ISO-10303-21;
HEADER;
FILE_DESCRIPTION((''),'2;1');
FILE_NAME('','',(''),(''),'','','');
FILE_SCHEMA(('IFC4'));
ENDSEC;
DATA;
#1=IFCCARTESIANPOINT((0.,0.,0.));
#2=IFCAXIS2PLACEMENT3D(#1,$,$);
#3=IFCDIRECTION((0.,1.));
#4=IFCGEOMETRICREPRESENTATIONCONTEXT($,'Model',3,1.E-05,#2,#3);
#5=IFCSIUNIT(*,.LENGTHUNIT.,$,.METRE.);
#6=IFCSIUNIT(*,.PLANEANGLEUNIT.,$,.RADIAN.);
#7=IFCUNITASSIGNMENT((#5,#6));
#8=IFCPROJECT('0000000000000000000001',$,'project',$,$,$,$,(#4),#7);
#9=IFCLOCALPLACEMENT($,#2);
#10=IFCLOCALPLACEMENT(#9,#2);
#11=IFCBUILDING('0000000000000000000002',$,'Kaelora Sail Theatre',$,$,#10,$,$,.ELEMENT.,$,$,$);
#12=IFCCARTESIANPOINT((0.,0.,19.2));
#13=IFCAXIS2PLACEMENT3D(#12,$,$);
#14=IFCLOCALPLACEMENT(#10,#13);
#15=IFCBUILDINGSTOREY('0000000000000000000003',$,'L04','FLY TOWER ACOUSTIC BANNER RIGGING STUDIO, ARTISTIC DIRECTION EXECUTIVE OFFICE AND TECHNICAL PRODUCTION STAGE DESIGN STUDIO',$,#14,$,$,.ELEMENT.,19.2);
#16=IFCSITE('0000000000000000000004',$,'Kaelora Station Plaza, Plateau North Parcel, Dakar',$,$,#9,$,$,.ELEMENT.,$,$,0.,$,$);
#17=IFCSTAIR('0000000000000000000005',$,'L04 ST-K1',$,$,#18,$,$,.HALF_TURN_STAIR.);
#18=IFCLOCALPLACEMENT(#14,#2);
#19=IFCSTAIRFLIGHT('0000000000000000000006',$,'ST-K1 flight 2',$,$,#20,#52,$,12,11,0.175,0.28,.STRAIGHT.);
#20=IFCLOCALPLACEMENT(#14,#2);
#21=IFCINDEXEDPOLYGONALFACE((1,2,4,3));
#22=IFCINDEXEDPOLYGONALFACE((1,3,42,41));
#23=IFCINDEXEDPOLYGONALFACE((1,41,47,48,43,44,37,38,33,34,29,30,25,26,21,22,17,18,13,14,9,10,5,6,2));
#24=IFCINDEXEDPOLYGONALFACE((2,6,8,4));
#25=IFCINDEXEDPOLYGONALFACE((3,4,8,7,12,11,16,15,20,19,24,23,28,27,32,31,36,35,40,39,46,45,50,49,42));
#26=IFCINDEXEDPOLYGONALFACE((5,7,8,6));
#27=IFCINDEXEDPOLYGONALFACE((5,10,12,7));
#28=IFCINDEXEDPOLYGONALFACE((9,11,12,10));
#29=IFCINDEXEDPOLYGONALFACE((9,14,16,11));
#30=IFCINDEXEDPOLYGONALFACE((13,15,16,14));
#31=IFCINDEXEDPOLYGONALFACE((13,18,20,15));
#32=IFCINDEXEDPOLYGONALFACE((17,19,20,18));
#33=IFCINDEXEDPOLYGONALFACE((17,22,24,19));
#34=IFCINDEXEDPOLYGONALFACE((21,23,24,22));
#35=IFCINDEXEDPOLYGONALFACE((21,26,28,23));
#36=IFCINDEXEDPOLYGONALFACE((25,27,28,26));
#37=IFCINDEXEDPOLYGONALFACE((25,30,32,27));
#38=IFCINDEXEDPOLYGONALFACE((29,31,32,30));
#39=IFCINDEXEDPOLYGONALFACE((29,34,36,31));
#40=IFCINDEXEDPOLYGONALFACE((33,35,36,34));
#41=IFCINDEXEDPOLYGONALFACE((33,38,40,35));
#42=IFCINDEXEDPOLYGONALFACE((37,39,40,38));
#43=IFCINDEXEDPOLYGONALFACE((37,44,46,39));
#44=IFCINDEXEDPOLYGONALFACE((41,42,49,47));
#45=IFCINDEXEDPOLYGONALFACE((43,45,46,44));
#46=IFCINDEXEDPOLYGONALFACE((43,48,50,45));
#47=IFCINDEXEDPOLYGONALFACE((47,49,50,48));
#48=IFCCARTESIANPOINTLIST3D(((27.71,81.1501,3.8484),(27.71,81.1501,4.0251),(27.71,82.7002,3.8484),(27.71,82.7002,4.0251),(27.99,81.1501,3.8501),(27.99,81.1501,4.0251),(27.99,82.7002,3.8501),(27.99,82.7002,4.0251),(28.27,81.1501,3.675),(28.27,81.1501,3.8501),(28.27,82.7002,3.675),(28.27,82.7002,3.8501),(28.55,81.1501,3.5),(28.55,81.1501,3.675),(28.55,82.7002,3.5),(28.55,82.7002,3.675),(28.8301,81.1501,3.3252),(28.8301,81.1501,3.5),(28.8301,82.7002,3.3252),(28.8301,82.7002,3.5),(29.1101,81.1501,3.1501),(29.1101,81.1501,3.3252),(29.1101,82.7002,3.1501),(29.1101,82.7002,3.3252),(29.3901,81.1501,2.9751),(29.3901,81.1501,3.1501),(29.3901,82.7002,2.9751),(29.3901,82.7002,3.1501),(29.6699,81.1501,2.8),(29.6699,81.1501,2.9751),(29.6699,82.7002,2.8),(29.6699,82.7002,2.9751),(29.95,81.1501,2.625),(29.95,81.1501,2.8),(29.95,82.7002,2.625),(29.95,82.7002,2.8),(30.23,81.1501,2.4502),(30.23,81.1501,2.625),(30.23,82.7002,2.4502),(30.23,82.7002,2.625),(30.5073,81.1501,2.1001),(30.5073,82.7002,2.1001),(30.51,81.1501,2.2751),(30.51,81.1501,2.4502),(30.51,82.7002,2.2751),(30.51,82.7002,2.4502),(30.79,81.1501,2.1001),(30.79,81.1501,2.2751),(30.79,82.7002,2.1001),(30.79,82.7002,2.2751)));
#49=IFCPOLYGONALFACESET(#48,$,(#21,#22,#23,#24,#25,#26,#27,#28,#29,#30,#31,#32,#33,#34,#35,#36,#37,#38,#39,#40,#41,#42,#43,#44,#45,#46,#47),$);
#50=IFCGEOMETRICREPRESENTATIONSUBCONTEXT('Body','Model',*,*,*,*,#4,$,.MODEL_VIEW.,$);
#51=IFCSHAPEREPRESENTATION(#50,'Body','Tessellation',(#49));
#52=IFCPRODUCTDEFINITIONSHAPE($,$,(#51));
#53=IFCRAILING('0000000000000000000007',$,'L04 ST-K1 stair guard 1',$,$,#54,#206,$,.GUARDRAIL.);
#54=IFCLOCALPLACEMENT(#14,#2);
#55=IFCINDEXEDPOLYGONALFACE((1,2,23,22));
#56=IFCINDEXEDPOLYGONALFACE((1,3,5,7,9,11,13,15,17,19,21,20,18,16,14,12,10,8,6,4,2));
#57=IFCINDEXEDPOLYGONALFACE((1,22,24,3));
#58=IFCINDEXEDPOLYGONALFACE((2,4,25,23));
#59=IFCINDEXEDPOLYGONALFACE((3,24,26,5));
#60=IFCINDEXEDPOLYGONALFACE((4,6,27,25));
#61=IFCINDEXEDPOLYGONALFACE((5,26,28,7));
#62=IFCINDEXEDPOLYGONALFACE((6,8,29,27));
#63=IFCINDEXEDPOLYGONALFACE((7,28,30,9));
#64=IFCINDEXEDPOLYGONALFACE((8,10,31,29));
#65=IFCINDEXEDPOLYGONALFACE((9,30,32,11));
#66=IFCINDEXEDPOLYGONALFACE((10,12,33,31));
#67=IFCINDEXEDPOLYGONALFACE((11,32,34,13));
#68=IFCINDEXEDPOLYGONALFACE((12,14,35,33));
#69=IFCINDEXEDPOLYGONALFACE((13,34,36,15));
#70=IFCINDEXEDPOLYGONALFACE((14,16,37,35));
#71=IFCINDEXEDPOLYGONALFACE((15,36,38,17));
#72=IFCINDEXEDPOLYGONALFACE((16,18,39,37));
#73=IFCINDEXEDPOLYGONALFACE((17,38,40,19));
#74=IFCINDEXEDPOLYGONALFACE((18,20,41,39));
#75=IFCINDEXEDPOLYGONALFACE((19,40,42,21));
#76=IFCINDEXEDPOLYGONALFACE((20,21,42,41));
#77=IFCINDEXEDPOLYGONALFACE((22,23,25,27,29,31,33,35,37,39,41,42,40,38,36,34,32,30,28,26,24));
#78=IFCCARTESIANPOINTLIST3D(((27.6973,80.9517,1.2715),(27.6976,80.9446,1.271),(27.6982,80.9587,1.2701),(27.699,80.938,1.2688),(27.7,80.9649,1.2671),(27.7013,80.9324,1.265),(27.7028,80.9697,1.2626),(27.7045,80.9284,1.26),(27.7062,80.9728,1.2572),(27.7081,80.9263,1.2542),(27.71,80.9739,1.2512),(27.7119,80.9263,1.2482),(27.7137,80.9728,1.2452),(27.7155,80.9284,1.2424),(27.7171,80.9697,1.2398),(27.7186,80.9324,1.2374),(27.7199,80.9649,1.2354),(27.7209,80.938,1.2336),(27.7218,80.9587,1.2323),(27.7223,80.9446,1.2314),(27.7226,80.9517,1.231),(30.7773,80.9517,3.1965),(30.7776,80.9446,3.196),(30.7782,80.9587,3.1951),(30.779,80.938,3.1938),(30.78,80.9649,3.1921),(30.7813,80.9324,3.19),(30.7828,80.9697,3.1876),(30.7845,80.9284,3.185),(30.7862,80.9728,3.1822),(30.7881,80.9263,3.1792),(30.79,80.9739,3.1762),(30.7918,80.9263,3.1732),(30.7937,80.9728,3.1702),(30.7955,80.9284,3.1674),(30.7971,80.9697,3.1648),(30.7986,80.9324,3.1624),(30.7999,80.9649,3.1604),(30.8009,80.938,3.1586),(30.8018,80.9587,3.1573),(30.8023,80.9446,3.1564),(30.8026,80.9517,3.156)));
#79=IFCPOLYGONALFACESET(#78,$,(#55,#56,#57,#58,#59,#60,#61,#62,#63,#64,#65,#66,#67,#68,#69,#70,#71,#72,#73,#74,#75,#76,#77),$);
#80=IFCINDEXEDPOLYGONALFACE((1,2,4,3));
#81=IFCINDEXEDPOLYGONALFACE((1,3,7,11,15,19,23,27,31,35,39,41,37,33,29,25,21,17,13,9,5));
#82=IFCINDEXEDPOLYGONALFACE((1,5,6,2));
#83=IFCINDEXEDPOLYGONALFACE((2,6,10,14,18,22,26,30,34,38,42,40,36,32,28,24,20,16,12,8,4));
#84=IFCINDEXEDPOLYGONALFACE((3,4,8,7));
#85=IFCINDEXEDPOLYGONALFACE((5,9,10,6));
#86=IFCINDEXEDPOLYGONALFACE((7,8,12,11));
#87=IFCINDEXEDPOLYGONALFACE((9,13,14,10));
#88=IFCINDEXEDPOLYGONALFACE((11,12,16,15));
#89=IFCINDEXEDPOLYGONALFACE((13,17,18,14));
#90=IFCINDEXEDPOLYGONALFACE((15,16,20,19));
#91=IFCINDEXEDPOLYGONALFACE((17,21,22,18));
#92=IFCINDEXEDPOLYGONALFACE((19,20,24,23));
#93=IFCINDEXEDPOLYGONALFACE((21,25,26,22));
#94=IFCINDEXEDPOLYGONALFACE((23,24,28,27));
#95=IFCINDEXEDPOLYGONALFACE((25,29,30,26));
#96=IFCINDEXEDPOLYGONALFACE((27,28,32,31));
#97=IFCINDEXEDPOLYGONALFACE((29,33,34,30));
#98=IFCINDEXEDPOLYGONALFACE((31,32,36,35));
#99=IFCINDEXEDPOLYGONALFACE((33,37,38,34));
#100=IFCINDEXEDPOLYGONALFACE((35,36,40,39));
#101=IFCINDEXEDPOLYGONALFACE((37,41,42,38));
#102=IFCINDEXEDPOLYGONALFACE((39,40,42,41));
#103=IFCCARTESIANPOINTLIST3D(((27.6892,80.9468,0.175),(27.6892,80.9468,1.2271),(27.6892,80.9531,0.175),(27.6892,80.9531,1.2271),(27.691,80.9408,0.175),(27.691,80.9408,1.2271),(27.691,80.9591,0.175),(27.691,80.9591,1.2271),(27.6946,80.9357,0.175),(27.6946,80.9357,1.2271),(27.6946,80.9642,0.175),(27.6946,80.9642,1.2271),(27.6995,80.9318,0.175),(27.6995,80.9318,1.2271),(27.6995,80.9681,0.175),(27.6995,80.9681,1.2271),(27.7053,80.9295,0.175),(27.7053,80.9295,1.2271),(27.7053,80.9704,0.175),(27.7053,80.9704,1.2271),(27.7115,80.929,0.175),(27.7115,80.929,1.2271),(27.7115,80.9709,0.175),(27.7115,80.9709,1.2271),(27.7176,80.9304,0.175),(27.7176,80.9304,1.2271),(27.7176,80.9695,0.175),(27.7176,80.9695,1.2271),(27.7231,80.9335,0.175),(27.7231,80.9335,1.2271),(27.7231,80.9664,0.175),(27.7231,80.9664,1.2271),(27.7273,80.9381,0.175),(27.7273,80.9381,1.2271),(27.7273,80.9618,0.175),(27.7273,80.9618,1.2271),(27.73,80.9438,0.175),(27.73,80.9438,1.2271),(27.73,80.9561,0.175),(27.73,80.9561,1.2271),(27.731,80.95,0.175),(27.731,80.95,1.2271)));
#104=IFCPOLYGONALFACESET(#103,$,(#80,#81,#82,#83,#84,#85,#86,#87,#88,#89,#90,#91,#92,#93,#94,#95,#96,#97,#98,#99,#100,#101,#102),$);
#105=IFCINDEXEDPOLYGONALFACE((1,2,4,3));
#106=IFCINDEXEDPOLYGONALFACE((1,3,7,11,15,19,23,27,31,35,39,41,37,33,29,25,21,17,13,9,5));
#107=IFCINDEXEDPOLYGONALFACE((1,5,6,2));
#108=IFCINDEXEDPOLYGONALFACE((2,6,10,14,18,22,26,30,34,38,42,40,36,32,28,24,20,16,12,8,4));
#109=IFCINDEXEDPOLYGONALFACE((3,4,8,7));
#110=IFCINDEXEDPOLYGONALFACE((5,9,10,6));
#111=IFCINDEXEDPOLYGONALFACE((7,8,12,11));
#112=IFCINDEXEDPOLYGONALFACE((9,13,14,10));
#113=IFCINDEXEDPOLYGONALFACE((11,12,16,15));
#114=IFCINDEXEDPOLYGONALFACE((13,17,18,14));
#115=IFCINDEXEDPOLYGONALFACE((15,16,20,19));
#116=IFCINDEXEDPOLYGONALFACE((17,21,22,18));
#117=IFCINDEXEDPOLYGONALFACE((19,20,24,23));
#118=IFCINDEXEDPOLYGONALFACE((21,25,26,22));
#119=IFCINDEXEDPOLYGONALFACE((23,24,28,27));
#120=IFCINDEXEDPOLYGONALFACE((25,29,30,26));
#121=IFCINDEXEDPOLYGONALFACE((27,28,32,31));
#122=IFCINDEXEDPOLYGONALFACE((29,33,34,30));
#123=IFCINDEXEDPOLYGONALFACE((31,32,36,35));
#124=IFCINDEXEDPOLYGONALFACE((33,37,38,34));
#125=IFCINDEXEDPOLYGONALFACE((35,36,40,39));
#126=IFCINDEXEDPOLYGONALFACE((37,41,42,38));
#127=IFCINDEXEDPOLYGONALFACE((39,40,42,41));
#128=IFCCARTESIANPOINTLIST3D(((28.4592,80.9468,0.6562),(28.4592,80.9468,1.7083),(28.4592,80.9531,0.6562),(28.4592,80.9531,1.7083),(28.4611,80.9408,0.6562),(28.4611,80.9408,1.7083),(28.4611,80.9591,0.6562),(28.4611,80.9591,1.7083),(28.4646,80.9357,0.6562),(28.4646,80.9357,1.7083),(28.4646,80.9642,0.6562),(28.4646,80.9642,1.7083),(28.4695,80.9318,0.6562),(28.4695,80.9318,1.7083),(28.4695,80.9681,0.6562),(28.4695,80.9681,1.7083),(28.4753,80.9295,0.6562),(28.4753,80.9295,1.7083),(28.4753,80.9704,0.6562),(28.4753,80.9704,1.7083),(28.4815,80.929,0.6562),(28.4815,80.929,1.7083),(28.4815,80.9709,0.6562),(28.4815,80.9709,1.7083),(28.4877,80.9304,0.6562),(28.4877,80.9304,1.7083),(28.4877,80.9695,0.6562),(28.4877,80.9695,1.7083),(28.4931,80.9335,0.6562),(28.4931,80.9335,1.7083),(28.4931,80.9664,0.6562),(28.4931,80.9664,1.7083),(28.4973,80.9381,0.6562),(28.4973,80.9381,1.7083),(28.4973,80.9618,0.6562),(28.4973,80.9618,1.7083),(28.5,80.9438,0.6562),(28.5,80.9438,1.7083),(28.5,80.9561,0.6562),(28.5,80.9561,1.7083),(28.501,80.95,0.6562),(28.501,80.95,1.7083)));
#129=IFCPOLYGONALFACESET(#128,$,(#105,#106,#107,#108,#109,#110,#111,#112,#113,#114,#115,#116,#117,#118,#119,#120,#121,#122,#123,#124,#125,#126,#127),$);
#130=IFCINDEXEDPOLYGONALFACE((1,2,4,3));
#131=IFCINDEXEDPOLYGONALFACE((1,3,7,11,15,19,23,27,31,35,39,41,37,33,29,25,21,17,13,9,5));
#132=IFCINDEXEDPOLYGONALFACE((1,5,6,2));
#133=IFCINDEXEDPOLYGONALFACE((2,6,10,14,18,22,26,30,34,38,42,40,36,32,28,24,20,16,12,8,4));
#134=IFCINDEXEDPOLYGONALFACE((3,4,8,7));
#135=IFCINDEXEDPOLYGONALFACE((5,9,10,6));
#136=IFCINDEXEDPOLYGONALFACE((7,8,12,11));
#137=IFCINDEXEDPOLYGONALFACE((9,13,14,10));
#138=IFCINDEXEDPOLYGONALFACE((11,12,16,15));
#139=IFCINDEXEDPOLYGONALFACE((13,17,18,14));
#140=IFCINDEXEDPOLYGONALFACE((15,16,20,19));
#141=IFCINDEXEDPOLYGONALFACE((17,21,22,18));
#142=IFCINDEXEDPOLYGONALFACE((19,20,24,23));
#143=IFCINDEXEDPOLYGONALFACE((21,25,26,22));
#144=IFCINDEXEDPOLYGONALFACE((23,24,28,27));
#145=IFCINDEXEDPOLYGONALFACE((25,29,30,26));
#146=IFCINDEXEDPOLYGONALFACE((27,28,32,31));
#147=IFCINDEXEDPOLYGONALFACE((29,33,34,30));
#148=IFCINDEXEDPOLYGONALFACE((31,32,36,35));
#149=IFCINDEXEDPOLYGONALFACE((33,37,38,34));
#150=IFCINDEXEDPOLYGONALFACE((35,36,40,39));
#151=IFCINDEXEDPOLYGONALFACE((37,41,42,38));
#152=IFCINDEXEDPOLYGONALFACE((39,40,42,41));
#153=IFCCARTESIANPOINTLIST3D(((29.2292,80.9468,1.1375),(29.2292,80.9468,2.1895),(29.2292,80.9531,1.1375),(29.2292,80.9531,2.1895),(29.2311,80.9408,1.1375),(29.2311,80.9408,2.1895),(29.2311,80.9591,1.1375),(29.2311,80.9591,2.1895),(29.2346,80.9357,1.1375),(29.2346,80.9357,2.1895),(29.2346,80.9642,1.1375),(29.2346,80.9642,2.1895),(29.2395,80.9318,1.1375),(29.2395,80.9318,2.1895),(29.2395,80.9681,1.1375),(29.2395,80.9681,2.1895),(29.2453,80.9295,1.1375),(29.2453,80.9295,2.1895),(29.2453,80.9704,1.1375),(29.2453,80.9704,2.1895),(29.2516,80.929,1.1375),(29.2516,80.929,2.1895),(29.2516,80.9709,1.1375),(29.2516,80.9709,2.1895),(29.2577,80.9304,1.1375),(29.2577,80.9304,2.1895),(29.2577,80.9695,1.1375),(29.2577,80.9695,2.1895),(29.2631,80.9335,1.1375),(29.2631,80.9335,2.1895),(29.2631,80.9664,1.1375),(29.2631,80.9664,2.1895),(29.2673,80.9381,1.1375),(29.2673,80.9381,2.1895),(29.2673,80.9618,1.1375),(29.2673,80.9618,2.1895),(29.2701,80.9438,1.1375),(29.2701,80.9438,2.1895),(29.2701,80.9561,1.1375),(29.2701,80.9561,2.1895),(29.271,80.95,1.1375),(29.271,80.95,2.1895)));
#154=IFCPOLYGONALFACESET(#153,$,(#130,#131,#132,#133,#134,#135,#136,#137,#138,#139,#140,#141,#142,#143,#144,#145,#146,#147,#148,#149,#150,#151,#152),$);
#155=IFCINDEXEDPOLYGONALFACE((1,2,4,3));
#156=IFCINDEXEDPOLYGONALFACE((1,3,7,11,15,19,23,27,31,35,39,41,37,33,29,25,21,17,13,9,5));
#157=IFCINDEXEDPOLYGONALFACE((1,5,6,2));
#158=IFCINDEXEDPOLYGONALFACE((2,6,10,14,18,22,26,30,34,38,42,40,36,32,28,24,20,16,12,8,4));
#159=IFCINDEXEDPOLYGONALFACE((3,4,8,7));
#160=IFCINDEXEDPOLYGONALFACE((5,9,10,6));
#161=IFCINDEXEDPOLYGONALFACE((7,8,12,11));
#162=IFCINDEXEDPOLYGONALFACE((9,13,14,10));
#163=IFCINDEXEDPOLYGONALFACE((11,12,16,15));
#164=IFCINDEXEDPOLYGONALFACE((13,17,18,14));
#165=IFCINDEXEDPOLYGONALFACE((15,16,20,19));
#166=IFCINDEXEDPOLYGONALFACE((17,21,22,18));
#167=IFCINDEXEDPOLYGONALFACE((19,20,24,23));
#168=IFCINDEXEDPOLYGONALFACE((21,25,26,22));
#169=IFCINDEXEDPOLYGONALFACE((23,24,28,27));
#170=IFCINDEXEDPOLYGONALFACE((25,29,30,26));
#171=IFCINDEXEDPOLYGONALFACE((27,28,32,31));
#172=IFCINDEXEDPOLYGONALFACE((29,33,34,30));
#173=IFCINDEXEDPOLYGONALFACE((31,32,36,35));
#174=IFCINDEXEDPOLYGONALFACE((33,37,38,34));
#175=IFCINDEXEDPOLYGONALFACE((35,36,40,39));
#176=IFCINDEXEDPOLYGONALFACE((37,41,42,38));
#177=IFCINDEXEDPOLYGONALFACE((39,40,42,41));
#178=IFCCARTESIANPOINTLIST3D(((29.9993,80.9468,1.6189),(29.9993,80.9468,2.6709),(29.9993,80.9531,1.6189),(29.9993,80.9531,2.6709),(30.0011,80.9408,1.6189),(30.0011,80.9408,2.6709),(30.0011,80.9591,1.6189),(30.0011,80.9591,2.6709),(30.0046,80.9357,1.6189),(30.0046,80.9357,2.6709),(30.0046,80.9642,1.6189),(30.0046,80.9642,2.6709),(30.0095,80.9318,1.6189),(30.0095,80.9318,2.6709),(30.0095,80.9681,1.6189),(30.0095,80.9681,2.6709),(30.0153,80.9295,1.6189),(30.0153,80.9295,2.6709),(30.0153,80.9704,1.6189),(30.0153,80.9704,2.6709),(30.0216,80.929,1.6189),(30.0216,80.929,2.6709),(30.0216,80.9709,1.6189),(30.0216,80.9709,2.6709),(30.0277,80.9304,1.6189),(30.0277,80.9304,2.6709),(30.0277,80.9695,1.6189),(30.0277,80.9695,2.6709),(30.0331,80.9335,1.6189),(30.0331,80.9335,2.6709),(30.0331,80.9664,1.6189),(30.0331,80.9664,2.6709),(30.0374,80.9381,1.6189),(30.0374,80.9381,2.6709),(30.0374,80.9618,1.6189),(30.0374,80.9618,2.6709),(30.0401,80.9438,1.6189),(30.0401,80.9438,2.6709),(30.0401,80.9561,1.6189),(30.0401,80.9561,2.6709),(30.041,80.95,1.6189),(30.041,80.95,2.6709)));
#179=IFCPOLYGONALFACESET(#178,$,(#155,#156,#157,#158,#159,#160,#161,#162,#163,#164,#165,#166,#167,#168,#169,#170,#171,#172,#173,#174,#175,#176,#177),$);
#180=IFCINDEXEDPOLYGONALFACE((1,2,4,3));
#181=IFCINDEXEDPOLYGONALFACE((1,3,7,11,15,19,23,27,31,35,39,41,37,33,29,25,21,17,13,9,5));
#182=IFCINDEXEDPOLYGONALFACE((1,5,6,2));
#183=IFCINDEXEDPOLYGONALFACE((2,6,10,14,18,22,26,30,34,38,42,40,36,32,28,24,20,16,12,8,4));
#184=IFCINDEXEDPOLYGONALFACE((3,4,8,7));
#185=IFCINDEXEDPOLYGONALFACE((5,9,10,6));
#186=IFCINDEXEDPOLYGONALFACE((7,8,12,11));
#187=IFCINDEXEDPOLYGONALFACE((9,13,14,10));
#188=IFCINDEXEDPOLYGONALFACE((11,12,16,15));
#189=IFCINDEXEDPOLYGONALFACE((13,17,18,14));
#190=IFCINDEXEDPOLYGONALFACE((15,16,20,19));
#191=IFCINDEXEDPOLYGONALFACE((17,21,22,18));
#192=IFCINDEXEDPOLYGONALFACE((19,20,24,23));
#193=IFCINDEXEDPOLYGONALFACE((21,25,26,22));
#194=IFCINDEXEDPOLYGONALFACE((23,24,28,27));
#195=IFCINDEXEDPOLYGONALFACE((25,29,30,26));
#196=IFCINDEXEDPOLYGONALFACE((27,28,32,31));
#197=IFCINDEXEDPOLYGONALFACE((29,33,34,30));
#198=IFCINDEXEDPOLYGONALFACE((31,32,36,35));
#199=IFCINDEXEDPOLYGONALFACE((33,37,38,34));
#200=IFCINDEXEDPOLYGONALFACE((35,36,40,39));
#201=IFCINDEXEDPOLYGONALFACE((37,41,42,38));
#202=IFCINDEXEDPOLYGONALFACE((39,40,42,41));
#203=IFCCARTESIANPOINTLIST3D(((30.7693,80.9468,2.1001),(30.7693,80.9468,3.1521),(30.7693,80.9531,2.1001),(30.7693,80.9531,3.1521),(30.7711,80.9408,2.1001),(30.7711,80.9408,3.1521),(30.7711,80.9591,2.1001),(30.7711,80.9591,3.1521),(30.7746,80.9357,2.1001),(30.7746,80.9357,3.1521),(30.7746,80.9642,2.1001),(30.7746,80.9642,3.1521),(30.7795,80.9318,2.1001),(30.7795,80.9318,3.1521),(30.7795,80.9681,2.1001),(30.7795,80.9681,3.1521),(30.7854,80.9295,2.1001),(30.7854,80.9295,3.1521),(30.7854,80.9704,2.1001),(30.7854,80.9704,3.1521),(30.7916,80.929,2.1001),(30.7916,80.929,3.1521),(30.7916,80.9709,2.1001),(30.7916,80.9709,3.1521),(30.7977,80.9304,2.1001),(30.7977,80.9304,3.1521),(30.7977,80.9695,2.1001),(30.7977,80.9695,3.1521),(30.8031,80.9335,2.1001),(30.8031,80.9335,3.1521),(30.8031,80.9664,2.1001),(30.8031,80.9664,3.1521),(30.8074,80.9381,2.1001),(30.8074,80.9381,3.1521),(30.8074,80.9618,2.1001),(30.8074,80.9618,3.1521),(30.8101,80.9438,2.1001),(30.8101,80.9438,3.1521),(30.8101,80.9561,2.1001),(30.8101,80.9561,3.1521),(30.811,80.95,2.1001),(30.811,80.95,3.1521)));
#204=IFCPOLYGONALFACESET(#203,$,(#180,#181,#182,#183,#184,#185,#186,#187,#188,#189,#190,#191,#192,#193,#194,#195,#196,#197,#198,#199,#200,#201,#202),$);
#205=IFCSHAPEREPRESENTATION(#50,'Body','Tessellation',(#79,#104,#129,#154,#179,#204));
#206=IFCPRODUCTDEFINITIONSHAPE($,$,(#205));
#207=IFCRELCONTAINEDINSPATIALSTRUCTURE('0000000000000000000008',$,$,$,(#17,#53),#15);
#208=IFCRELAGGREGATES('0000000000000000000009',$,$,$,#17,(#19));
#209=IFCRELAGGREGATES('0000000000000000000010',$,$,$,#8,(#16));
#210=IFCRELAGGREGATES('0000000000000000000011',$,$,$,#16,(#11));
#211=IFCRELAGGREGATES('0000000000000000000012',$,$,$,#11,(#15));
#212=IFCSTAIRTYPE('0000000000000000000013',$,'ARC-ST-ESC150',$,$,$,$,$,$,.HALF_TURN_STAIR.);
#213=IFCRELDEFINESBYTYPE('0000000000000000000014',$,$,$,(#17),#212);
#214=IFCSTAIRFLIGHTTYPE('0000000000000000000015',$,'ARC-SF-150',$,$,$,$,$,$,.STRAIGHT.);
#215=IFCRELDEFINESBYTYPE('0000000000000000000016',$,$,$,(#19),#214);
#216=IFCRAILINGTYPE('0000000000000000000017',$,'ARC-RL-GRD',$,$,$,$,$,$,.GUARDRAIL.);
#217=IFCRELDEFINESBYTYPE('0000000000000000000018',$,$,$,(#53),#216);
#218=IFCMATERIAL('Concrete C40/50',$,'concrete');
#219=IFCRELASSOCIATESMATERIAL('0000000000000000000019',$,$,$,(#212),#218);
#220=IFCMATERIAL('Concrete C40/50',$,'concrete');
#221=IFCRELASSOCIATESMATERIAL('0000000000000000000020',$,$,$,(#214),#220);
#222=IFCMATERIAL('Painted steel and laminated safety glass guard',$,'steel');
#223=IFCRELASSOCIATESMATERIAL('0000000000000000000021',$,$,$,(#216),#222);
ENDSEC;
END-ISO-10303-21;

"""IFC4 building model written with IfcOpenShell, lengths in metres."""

from ifc_helpers import new_model, si_unit, direction, frame, origin, origin_2d, place, context, subcontext, project, spatial, polyline, circle, outline, extrude, material, type_object, element, aggregate, save


model = new_model("IFC4")

# Units and contexts
model_context = context("Model", 3, precision=1e-05, world=origin(), true_north=direction((0.0, 1.0)))
body_context = subcontext(model_context, "Body", "Model", "MODEL_VIEW")
ifc_project = project(units=[si_unit("LENGTHUNIT", "METRE"), si_unit("PLANEANGLEUNIT", "RADIAN")], contexts=[model_context])

# Site, building, storey
site_placement = place(None, origin())
site = spatial("IfcSite", under=ifc_project, at=site_placement, Name="Kaelora Station Plaza, Plateau North Parcel, Dakar", CompositionType="ELEMENT", RefElevation=0.0)
building_placement = place(site_placement, origin())
building = spatial("IfcBuilding", under=site, at=building_placement, Name="Kaelora Sail Theatre", CompositionType="ELEMENT")
storey_placement = place(building_placement, frame((0.0, 0.0, 19.2)))
storey = spatial("IfcBuildingStorey", under=building, at=storey_placement, Name="L04", Description="FLY TOWER ACOUSTIC BANNER RIGGING STUDIO, ARTISTIC DIRECTION EXECUTIVE OFFICE AND TECHNICAL PRODUCTION STAGE DESIGN STUDIO", CompositionType="ELEMENT", Elevation=19.2)

# Stair, stair flight
ifc_material_1 = material(Name="Concrete C40/50", Category="concrete")
stair_type = type_object("IfcStairType", Name="ARC-ST-ESC150", PredefinedType="HALF_TURN_STAIR", material=ifc_material_1)
stair_placement = place(storey_placement, origin())
stair = element("IfcStair", 1, at=stair_placement, inside=storey, type_object=stair_type, Name="L04 ST-K1", PredefinedType="HALF_TURN_STAIR")
ifc_material_2 = material(Name="Concrete C40/50", Category="concrete")
stair_flight_type = type_object("IfcStairFlightType", Name="ARC-SF-150", PredefinedType="STRAIGHT", material=ifc_material_2)
stair_flight_1_placement = place(storey_placement, frame((30.79, 81.925, 2.1001), z_axis=(0.0, 0.0, 1.0), x_axis=(-1.0, 0.0, 0.0)))
stair_flight_1 = element("IfcStairFlight", 2, at=stair_flight_1_placement, type_object=stair_flight_type, Name="ST-K1 flight 2", NumberOfRisers=12, NumberOfTreads=11, PredefinedType="STRAIGHT", RiserHeight=0.175, TreadLength=0.28, context=body_context, shape_type="SweptSolid", body=[
    extrude(outline(polyline([(0.0, 0.0), (0.0, 0.175), (0.28, 0.175), (0.28, 0.3501), (0.5601, 0.3501), (0.5601, 0.5249), (0.8401, 0.5249), (0.8401, 0.7), (1.1201, 0.7), (1.1201, 0.875), (1.3999, 0.875), (1.3999, 1.05), (1.6799, 1.05), (1.6799, 1.2251), (1.96, 1.2251), (1.96, 1.3999), (2.24, 1.3999), (2.24, 1.575), (2.52, 1.575), (2.52, 1.75), (2.8, 1.75), (2.8, 1.925), (3.0801, 1.925), (3.0801, 2.1001), (3.0801, 1.7483), (0.2827, 0.0), (0.0, 0.0)])), frame((0.0, 0.7749, 0.0), z_axis=(0.0, -1.0, 0.0), x_axis=(1.0, 0.0, 0.0)), (0.0, 0.0, 1.0), 1.55),
])
aggregate(stair, [stair_flight_1])

# Railing
ifc_material_3 = material(Name="Painted steel and laminated safety glass guard", Category="steel")
railing_type_1 = type_object("IfcRailingType", Name="ARC-RL-GRD", PredefinedType="GUARDRAIL", material=ifc_material_3)
railing_1_placement = place(storey_placement, frame((27.71, 80.95, 0.175)))
element("IfcRailing", 3, at=railing_1_placement, inside=storey, type_object=railing_type_1, Name="L04 ST-K1 stair guard 1", PredefinedType="GUARDRAIL", context=body_context, shape_type="SweptSolid", body=[
    extrude(circle(Radius=0.0239, at=origin_2d()), frame((0.0, 0.0, 1.0762), z_axis=(0.847998, 0.0, 0.529999), x_axis=(0.0, 1.0, 0.0)), (0.0, 0.0, 1.0), 3.6321),
    extrude(circle(Radius=0.021, at=origin_2d()), origin(), (0.0, 0.0, 1.0), 1.052),
    extrude(circle(Radius=0.021, at=origin_2d()), frame((0.77, 0.0, 0.4812)), (0.0, 0.0, 1.0), 1.052),
    extrude(circle(Radius=0.021, at=origin_2d()), frame((1.54, 0.0, 0.9624)), (0.0, 0.0, 1.0), 1.052),
    extrude(circle(Radius=0.021, at=origin_2d()), frame((2.3101, 0.0, 1.4438)), (0.0, 0.0, 1.0), 1.052),
    extrude(circle(Radius=0.021, at=origin_2d()), frame((3.0801, 0.0, 1.925)), (0.0, 0.0, 1.0), 1.052),
])

save(model, "model.ifc")
